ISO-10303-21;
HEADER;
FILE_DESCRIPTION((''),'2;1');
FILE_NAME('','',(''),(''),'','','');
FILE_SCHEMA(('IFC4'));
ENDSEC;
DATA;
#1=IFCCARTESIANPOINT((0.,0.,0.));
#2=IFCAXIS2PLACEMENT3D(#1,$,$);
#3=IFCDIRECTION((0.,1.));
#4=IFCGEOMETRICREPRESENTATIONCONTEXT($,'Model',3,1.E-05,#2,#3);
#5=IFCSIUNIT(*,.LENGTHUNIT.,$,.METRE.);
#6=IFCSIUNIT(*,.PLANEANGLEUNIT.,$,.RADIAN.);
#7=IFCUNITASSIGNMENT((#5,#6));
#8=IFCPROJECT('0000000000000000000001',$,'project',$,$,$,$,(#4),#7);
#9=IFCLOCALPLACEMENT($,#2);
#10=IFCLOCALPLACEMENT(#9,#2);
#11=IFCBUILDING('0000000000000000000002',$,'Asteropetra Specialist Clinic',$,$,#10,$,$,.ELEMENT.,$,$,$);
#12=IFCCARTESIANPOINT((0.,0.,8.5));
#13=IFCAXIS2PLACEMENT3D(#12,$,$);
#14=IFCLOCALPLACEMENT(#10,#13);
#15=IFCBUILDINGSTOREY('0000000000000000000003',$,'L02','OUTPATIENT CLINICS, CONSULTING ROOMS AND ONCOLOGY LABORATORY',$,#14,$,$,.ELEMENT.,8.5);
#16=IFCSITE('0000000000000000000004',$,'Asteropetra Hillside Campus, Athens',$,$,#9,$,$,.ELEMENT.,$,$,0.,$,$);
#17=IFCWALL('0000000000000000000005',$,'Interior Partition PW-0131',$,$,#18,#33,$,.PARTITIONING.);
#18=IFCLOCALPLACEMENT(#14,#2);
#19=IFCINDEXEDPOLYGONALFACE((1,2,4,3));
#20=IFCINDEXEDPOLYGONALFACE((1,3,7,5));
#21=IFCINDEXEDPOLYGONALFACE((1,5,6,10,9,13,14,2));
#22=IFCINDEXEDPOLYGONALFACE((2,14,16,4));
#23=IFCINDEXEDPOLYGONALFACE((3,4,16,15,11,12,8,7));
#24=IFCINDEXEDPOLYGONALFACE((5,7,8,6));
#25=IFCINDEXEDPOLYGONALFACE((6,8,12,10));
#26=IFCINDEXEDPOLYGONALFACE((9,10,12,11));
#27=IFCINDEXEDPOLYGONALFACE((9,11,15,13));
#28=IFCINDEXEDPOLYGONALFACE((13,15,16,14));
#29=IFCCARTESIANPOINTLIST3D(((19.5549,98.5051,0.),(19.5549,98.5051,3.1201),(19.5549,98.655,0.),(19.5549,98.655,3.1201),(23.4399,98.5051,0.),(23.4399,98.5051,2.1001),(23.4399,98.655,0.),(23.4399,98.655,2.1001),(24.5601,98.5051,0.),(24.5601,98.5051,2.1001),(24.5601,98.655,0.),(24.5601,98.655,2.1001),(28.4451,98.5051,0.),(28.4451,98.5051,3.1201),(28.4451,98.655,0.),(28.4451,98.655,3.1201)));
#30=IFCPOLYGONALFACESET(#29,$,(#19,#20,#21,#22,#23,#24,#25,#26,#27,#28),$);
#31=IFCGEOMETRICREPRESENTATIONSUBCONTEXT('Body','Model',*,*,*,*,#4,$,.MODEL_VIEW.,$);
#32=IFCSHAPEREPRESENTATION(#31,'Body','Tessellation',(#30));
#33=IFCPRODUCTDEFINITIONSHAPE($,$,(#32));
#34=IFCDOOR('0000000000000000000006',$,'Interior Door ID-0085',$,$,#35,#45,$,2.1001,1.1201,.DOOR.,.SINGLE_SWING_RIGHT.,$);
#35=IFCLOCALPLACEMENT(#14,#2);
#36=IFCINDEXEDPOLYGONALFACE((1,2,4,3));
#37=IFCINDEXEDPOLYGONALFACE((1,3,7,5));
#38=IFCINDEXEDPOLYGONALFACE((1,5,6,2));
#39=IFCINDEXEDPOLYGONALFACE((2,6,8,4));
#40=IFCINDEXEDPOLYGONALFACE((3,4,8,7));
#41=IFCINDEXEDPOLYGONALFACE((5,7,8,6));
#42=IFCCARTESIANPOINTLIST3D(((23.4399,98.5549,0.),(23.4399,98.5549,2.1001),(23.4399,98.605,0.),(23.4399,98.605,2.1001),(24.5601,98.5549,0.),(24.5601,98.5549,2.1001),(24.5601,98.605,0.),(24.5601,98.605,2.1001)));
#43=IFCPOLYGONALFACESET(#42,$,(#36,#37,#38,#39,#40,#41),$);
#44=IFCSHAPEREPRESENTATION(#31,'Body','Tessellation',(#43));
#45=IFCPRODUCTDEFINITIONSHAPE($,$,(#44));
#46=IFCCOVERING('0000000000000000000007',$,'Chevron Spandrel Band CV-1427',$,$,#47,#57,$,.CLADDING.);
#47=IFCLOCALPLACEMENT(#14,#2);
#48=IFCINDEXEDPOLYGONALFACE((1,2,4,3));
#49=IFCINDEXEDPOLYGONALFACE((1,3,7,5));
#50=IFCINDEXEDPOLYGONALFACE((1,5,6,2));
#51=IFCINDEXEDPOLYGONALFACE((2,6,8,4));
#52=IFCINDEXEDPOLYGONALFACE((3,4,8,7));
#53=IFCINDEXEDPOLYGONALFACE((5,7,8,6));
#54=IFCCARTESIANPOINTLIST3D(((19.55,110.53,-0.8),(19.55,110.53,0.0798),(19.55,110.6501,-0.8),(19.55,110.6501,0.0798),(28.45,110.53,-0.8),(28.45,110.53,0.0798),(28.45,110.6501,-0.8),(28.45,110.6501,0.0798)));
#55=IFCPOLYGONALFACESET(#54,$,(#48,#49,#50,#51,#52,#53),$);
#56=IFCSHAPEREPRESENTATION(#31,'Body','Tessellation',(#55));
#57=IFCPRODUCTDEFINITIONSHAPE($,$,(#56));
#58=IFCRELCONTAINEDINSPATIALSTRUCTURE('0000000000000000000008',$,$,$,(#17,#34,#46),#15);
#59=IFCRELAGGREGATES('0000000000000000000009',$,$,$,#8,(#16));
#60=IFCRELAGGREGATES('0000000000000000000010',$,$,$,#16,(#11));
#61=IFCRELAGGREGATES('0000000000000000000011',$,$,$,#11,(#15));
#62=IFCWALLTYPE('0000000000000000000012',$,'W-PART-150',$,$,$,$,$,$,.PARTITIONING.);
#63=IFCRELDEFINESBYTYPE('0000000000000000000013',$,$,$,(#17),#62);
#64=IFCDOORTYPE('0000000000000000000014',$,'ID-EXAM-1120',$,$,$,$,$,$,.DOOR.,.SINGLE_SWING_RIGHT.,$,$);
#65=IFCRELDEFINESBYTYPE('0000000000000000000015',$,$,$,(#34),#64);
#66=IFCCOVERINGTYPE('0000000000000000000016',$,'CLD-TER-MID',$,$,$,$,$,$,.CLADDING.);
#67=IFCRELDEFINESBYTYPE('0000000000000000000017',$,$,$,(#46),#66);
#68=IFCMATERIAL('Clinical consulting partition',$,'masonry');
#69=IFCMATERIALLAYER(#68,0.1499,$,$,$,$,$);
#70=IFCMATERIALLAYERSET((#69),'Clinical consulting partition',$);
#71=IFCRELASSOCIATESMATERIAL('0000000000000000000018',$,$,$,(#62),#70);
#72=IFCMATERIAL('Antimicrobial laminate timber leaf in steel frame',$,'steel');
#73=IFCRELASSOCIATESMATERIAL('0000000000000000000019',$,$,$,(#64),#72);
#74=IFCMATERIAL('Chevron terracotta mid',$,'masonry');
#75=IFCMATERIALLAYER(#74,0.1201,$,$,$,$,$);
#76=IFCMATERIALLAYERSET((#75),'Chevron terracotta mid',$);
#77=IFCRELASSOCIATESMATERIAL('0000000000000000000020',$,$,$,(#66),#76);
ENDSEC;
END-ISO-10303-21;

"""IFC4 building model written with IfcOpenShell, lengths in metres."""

from ifc_helpers import new_model, si_unit, direction, frame, frame_2d, origin, origin_2d, place, context, subcontext, project, spatial, rectangle, extrude, material, layer, layer_set, type_object, element, fill, save


model = new_model("IFC4")

# Units and contexts
model_context = context("Model", 3, precision=1e-05, world=origin(), true_north=direction((0.0, 1.0)))
body_context = subcontext(model_context, "Body", "Model", "MODEL_VIEW")
ifc_project = project(units=[si_unit("LENGTHUNIT", "METRE"), si_unit("PLANEANGLEUNIT", "RADIAN")], contexts=[model_context])

# Site, building, storey
site_placement = place(None, origin())
site = spatial("IfcSite", under=ifc_project, at=site_placement, Name="Asteropetra Hillside Campus, Athens", CompositionType="ELEMENT", RefElevation=0.0)
building_placement = place(site_placement, origin())
building = spatial("IfcBuilding", under=site, at=building_placement, Name="Asteropetra Specialist Clinic", CompositionType="ELEMENT")
storey_placement = place(building_placement, frame((0.0, 0.0, 8.5)))
storey = spatial("IfcBuildingStorey", under=building, at=storey_placement, Name="L02", Description="OUTPATIENT CLINICS, CONSULTING ROOMS AND ONCOLOGY LABORATORY", CompositionType="ELEMENT", Elevation=8.5)

# Wall, opening, door
ifc_material_1 = material(Name="Clinical consulting partition", Category="masonry")
ifc_layer_1 = layer(ifc_material_1, 0.1499)
ifc_layer_set_1 = layer_set([ifc_layer_1], Name="Clinical consulting partition")
wall_type_1 = type_object("IfcWallType", Name="W-PART-150", PredefinedType="PARTITIONING", material=ifc_layer_set_1)
wall_1_placement = place(storey_placement, frame((19.5549, 98.5801, 0.0), z_axis=(0.0, 0.0, 1.0), x_axis=(1.0, 0.0, 0.0)))
wall_1 = element("IfcWall", 1, at=wall_1_placement, inside=storey, type_object=wall_type_1, Name="Interior Partition PW-0131", PredefinedType="PARTITIONING", context=body_context, shape_type="SweptSolid", body=[
    extrude(rectangle(XDim=8.8901, YDim=0.1499, at=frame_2d((4.4451, 0.0))), origin(), (0.0, 0.0, 1.0), 3.1201),
])
opening_1_placement = place(wall_1_placement, frame((3.885, 0.0, 0.0)))
opening_1 = element("IfcOpeningElement", 2, at=opening_1_placement, cuts=wall_1, PredefinedType="OPENING", context=body_context, shape_type="SweptSolid", body=[
    extrude(rectangle(XDim=1.1201, YDim=2.1001, at=frame_2d((0.5601, 1.05))), frame((0.0, 0.085, 0.0), z_axis=(0.0, -1.0, 0.0), x_axis=(1.0, 0.0, 0.0)), (0.0, 0.0, 1.0), 0.1699),
])
ifc_material_2 = material(Name="Antimicrobial laminate timber leaf in steel frame", Category="steel")
door_type_1 = type_object("IfcDoorType", Name="ID-EXAM-1120", OperationType="SINGLE_SWING_RIGHT", PredefinedType="DOOR", material=ifc_material_2)
door_1_placement = place(opening_1_placement, origin())
door_1 = element("IfcDoor", 3, at=door_1_placement, inside=storey, type_object=door_type_1, Name="Interior Door ID-0085", OperationType="SINGLE_SWING_RIGHT", OverallHeight=2.1001, OverallWidth=1.1201, PredefinedType="DOOR", context=body_context, shape_type="SweptSolid", body=[
    extrude(rectangle(XDim=1.1201, YDim=2.1001, at=frame_2d((0.5601, 1.05))), frame((0.0, 0.0249, 0.0), z_axis=(0.0, -1.0, 0.0), x_axis=(1.0, 0.0, 0.0)), (0.0, 0.0, 1.0), 0.05),
])
fill(opening_1, door_1)

# Covering
ifc_material_3 = material(Name="Chevron terracotta mid", Category="masonry")
ifc_layer_2 = layer(ifc_material_3, 0.1201)
ifc_layer_set_2 = layer_set([ifc_layer_2], Name="Chevron terracotta mid")
covering_type = type_object("IfcCoveringType", Name="CLD-TER-MID", PredefinedType="CLADDING", material=ifc_layer_set_2)
covering_placement = place(storey_placement, frame((24.0, 110.5901, -0.8), z_axis=(0.0, 0.0, 1.0), x_axis=(1.0, 0.0, 0.0)))
element("IfcCovering", 4, at=covering_placement, inside=storey, type_object=covering_type, Name="Chevron Spandrel Band CV-1427", PredefinedType="CLADDING", context=body_context, shape_type="SweptSolid", body=[
    extrude(rectangle(XDim=8.8999, YDim=0.1201, at=origin_2d()), origin(), (0.0, 0.0, 1.0), 0.8799),
])

save(model, "model.ifc")
